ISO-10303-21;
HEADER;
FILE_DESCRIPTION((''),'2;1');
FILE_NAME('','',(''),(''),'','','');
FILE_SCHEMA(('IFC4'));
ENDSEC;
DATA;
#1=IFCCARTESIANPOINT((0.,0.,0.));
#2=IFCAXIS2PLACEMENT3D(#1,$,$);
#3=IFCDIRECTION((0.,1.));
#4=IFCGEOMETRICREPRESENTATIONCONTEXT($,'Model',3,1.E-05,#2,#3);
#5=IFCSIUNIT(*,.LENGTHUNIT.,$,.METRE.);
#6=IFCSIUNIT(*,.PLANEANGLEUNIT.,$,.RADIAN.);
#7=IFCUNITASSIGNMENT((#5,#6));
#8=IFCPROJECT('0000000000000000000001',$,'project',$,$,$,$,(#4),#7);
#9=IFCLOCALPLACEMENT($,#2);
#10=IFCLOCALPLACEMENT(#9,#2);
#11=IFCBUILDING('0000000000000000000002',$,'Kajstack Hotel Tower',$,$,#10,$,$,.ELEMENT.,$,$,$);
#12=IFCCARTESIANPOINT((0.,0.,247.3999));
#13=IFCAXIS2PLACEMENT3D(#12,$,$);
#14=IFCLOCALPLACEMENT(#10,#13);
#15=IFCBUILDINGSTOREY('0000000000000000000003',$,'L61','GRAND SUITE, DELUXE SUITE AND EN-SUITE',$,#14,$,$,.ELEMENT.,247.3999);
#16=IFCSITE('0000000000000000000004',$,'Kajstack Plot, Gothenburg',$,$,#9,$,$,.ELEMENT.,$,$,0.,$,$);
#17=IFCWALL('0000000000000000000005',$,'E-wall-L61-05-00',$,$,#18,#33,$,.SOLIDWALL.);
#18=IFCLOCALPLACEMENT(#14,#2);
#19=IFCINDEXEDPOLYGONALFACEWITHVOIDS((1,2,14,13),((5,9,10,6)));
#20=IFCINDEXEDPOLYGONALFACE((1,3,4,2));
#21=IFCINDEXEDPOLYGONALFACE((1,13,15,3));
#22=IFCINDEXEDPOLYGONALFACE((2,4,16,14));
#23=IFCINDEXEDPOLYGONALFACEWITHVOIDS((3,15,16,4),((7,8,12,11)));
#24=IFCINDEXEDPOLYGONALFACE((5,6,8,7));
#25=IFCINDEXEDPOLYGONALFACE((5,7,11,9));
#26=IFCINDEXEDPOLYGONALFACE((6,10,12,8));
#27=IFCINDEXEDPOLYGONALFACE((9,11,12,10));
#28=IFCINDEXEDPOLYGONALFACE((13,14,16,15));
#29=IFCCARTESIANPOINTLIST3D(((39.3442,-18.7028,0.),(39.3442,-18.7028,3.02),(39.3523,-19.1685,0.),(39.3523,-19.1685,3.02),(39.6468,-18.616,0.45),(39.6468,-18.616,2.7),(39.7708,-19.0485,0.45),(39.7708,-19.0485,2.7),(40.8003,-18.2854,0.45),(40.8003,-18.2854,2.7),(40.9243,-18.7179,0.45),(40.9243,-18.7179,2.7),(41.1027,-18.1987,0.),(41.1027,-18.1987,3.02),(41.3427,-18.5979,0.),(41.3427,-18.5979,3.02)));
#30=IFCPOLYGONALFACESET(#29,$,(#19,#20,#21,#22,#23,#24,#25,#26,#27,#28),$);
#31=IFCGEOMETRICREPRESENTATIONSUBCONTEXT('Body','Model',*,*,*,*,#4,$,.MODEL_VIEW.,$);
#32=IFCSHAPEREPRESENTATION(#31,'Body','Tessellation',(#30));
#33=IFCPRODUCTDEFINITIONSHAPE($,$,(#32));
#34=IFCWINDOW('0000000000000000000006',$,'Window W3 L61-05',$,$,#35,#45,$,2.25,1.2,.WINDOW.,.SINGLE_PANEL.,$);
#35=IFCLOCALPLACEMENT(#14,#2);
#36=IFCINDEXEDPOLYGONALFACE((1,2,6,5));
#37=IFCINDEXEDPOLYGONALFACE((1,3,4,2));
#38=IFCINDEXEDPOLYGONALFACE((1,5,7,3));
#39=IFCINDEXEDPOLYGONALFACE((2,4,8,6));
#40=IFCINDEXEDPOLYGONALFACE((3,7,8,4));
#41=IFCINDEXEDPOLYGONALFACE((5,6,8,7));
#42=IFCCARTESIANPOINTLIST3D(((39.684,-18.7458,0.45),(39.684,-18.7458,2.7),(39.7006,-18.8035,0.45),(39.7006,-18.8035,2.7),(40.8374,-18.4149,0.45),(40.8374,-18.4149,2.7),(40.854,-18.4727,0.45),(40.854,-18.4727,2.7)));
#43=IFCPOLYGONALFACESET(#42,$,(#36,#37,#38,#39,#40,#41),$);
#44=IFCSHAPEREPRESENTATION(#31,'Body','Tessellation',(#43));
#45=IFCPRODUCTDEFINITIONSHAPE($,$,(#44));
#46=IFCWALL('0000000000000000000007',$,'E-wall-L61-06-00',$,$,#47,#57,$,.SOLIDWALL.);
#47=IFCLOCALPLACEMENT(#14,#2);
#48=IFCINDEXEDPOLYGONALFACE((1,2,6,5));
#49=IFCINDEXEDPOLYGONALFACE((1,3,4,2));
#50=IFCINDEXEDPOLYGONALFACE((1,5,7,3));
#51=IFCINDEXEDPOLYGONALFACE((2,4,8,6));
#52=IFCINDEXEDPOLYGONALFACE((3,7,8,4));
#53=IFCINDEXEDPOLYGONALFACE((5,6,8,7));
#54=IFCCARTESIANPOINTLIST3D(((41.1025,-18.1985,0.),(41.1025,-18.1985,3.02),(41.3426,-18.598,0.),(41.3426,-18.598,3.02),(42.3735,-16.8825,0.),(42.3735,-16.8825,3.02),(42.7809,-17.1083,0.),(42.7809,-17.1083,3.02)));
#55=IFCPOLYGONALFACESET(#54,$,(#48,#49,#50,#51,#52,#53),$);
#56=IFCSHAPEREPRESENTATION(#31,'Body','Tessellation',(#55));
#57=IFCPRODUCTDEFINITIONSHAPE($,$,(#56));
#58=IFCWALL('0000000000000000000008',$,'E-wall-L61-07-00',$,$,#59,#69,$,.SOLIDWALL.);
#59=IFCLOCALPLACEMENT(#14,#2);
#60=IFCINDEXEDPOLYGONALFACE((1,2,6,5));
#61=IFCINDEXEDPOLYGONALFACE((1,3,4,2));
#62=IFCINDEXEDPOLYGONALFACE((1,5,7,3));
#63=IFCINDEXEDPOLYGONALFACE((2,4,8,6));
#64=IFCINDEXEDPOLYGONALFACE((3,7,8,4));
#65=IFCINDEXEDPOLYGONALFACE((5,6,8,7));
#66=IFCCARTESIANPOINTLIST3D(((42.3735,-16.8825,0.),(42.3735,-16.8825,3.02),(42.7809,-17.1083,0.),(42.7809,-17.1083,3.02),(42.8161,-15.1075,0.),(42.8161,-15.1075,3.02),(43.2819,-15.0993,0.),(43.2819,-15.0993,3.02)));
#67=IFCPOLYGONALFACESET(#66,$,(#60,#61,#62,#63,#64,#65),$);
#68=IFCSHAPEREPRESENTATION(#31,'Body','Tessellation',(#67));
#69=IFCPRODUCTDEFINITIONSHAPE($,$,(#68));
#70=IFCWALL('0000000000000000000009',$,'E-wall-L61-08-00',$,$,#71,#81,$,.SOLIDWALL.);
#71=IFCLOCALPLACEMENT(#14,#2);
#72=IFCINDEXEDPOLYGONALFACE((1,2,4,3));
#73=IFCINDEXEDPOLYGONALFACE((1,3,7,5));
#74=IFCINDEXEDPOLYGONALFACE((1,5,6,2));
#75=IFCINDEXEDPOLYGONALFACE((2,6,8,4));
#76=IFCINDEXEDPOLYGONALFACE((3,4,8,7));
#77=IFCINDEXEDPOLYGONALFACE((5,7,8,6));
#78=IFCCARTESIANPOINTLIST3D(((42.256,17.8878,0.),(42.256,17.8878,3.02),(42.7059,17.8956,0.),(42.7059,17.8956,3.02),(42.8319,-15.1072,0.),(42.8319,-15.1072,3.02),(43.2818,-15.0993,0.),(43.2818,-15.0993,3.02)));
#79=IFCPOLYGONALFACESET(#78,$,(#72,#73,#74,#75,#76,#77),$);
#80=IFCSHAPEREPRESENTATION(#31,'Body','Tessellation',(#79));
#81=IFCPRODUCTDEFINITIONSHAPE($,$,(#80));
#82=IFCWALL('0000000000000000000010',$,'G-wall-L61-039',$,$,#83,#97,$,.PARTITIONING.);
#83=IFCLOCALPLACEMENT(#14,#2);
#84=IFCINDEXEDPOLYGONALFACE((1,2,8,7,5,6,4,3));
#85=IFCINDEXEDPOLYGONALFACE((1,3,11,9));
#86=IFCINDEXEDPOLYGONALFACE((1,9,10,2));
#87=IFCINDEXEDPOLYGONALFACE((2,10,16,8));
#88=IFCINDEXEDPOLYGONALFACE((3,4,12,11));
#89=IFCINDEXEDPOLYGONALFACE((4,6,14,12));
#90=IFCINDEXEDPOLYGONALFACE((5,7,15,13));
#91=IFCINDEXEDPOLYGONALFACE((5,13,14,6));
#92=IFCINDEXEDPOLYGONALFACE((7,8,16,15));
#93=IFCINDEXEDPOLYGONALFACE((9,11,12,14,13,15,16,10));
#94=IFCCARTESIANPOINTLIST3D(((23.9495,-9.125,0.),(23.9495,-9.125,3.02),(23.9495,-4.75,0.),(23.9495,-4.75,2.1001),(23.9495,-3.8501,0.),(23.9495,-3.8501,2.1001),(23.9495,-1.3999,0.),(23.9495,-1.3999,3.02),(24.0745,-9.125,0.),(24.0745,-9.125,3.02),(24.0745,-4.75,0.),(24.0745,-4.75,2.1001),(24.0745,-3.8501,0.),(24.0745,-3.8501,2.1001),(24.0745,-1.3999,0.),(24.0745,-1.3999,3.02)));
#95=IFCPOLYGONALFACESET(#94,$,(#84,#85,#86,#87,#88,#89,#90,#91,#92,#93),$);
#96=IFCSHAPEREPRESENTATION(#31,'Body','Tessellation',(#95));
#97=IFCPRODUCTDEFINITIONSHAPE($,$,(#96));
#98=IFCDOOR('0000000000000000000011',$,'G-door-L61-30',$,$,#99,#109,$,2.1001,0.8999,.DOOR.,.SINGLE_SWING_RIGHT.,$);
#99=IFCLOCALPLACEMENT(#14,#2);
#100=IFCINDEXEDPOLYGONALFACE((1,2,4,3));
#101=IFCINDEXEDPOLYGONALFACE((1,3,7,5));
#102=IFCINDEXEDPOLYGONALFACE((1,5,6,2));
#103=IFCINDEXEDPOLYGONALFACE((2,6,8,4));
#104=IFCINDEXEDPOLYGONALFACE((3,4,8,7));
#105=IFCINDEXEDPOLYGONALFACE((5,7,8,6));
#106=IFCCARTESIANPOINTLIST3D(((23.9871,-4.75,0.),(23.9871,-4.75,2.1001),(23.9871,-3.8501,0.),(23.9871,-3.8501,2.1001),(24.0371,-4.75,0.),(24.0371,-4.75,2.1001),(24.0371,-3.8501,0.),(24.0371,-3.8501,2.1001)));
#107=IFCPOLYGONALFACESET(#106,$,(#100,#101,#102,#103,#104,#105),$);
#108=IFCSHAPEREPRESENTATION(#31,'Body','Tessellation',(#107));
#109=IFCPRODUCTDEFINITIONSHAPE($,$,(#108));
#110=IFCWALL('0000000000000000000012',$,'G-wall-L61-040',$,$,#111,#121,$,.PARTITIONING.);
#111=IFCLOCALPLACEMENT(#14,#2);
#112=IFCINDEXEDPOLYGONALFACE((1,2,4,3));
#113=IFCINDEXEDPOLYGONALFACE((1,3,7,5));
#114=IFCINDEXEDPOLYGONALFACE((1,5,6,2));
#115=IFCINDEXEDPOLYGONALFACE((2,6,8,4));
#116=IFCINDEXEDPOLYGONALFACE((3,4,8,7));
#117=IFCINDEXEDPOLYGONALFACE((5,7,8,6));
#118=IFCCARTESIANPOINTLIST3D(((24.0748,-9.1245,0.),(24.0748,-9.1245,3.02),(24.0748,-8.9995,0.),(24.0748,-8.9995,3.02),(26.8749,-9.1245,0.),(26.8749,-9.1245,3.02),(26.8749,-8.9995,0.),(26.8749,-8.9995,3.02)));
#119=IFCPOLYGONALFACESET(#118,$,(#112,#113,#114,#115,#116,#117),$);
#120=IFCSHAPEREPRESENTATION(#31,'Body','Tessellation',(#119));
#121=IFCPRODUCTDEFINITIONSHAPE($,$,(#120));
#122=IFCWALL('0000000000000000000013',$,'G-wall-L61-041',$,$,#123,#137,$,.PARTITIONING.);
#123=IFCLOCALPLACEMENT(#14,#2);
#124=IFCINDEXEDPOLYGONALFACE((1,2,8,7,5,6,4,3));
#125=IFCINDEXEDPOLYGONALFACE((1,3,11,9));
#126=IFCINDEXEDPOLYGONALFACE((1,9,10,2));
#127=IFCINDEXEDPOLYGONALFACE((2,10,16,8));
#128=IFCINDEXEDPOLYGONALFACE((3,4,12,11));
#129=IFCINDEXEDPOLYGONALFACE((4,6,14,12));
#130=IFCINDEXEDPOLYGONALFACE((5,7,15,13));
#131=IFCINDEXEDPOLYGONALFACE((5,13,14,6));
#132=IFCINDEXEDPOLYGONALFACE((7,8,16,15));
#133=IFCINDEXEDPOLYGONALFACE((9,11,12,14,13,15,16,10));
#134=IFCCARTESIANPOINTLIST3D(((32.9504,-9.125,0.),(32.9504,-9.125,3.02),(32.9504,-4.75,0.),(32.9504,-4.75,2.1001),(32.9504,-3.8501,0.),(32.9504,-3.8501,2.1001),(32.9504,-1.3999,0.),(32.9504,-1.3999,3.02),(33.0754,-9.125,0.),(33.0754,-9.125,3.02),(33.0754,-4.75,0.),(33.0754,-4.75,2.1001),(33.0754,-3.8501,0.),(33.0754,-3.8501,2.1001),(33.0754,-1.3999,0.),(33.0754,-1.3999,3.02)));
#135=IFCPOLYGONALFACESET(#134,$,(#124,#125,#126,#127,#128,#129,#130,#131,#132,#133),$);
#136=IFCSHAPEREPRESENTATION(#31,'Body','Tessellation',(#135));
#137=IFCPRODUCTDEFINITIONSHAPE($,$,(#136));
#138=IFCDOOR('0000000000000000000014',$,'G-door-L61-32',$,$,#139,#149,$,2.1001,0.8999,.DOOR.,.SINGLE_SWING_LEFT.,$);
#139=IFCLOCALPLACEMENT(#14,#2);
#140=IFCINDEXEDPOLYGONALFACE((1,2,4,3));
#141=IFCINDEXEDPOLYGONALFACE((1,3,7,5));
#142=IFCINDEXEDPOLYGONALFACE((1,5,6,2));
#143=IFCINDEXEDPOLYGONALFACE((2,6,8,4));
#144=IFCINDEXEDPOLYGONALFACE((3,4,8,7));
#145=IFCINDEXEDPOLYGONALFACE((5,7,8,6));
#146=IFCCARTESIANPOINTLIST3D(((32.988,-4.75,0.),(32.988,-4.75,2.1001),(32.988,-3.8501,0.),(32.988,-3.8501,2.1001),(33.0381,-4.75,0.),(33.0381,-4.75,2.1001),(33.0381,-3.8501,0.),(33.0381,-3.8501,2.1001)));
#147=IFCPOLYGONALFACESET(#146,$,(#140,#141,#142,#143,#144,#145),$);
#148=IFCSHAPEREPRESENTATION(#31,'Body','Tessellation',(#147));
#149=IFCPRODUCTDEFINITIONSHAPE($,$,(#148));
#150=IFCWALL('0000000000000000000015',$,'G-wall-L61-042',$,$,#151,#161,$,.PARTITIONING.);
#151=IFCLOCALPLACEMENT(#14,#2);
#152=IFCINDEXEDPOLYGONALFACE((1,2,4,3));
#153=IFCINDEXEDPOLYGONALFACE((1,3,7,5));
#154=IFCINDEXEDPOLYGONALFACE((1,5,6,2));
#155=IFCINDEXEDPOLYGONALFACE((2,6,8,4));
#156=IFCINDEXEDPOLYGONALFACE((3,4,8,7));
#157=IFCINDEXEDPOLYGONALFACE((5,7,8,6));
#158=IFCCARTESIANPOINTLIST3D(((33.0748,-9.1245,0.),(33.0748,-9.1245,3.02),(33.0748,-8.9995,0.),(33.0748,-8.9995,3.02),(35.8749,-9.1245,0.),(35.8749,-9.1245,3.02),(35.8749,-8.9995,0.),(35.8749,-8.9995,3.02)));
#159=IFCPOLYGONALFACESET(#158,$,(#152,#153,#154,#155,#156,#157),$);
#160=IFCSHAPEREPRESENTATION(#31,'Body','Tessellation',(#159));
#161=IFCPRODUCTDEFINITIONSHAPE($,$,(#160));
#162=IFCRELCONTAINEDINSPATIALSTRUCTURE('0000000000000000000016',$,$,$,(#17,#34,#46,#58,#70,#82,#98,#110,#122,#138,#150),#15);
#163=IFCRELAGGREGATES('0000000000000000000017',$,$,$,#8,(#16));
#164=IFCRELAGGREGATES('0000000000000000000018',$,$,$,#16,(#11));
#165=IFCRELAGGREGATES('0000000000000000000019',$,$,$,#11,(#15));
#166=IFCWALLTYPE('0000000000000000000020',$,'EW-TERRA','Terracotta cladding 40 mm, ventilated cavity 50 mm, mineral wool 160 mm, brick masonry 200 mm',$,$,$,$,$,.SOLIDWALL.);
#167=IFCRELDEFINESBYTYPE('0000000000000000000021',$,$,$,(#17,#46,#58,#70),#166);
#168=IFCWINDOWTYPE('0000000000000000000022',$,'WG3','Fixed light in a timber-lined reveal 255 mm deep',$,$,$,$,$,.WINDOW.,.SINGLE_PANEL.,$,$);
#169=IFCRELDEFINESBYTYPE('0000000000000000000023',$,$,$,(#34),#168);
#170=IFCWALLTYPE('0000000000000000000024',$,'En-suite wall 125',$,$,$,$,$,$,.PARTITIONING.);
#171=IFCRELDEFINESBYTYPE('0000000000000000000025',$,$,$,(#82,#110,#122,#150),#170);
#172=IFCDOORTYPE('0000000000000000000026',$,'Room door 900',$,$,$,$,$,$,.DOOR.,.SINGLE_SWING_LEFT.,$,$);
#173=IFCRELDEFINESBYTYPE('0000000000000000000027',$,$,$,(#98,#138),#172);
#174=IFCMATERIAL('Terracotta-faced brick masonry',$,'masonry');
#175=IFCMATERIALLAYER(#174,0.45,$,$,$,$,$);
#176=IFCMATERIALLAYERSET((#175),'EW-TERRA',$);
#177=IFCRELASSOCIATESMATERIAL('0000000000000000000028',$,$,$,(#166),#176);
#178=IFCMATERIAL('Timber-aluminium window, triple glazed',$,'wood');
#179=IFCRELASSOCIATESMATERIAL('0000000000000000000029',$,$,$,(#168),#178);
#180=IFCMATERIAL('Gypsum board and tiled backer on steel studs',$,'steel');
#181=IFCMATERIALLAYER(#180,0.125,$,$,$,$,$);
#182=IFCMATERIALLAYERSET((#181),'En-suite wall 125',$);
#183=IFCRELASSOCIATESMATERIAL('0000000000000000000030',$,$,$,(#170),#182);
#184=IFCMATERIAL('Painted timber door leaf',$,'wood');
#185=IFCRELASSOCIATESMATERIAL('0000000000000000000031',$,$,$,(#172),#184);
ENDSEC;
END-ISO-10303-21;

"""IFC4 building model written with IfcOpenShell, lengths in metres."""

from ifc_helpers import new_model, si_unit, direction, frame, frame_2d, origin, place, context, subcontext, project, spatial, polyline, rectangle, outline, extrude, material, layer, layer_set, type_object, element, fill, save


model = new_model("IFC4")

# Units and contexts
model_context = context("Model", 3, precision=1e-05, world=origin(), true_north=direction((0.0, 1.0)))
body_context = subcontext(model_context, "Body", "Model", "MODEL_VIEW")
ifc_project = project(units=[si_unit("LENGTHUNIT", "METRE"), si_unit("PLANEANGLEUNIT", "RADIAN")], contexts=[model_context])

# Site, building, storey
site_placement = place(None, origin())
site = spatial("IfcSite", under=ifc_project, at=site_placement, Name="Kajstack Plot, Gothenburg", CompositionType="ELEMENT", RefElevation=0.0)
building_placement = place(site_placement, origin())
building = spatial("IfcBuilding", under=site, at=building_placement, Name="Kajstack Hotel Tower", CompositionType="ELEMENT")
storey_placement = place(building_placement, frame((0.0, 0.0, 247.3999)))
storey = spatial("IfcBuildingStorey", under=building, at=storey_placement, Name="L61", Description="GRAND SUITE, DELUXE SUITE AND EN-SUITE", CompositionType="ELEMENT", Elevation=247.3999)

# Wall, opening, window
ifc_material_1 = material(Name="Terracotta-faced brick masonry", Category="masonry")
ifc_layer_1 = layer(ifc_material_1, 0.45)
ifc_layer_set_1 = layer_set([ifc_layer_1], Name="EW-TERRA")
wall_type_1 = type_object("IfcWallType", Name="EW-TERRA", Description="Terracotta cladding 40 mm, ventilated cavity 50 mm, mineral wool 160 mm, brick masonry 200 mm", PredefinedType="SOLIDWALL", material=ifc_layer_set_1)
wall_1_placement = place(storey_placement, frame((39.2903, -18.9524, 0.0), z_axis=(0.0, 0.0, 1.0), x_axis=(0.961248, 0.275687, 0.0)))
wall_1 = element("IfcWall", 1, at=wall_1_placement, inside=storey, type_object=wall_type_1, Name="E-wall-L61-05-00", PredefinedType="SOLIDWALL", context=body_context, shape_type="SweptSolid", body=[
    extrude(outline(polyline([(0.0, -0.2249), (2.0706, -0.2251), (1.95, 0.2249), (0.1206, 0.2251), (0.0, -0.2249)])), origin(), (0.0, 0.0, 1.0), 3.02),
])
opening_1_placement = place(wall_1_placement, frame((0.4353, 0.0, 0.45)))
opening_1 = element("IfcOpeningElement", 2, at=opening_1_placement, cuts=wall_1, PredefinedType="OPENING", context=body_context, shape_type="SweptSolid", body=[
    extrude(rectangle(XDim=1.2, YDim=2.25, at=frame_2d((0.6001, 1.125))), frame((0.0, 0.2349, 0.0), z_axis=(0.0, -1.0, 0.0), x_axis=(1.0, 0.0, 0.0)), (0.0, 0.0, 1.0), 0.47),
])
ifc_material_2 = material(Name="Timber-aluminium window, triple glazed", Category="wood")
window_type = type_object("IfcWindowType", Name="WG3", Description="Fixed light in a timber-lined reveal 255 mm deep", PartitioningType="SINGLE_PANEL", PredefinedType="WINDOW", material=ifc_material_2)
window_placement = place(opening_1_placement, origin())
window = element("IfcWindow", 3, at=window_placement, inside=storey, type_object=window_type, Name="Window W3 L61-05", OverallHeight=2.25, OverallWidth=1.2, PartitioningType="SINGLE_PANEL", PredefinedType="WINDOW", context=body_context, shape_type="SweptSolid", body=[
    extrude(rectangle(XDim=1.2, YDim=2.25, at=frame_2d((0.6001, 1.125))), frame((0.0, 0.0901, 0.0), z_axis=(0.0, -1.0, 0.0), x_axis=(1.0, 0.0, 0.0)), (0.0, 0.0, 1.0), 0.0601),
])
fill(opening_1, window)

# Walls
wall_2_placement = place(storey_placement, frame((41.1807, -18.4417, 0.0), z_axis=(0.0, 0.0, 1.0), x_axis=(0.694679, 0.71932, 0.0)))
element("IfcWall", 4, at=wall_2_placement, inside=storey, type_object=wall_type_1, Name="E-wall-L61-06-00", PredefinedType="SOLIDWALL", context=body_context, shape_type="SweptSolid", body=[
    extrude(outline(polyline([(0.0, -0.2251), (2.0708, -0.2249), (1.9502, 0.2251), (0.1206, 0.2251), (0.0, -0.2251)])), origin(), (0.0, 0.0, 1.0), 3.02),
])
wall_3_placement = place(storey_placement, frame((42.5627, -17.054, 0.0), z_axis=(0.0, 0.0, 1.0), x_axis=(0.241842, 0.970316, 0.0)))
element("IfcWall", 5, at=wall_3_placement, inside=storey, type_object=wall_type_1, Name="E-wall-L61-07-00", PredefinedType="SOLIDWALL", context=body_context, shape_type="SweptSolid", body=[
    extrude(outline(polyline([(0.0, -0.2249), (2.0706, -0.2251), (1.95, 0.2249), (0.1206, 0.2251), (0.0, -0.2249)])), origin(), (0.0, 0.0, 1.0), 3.02),
])
wall_4_placement = place(storey_placement, frame((43.0569, -15.1033, 0.0), z_axis=(0.0, 0.0, 1.0), x_axis=(-0.017452, 0.999848, 0.0)))
element("IfcWall", 6, at=wall_4_placement, inside=storey, type_object=wall_type_1, Name="E-wall-L61-08-00", PredefinedType="SOLIDWALL", context=body_context, shape_type="SweptSolid", body=[
    extrude(rectangle(XDim=33.0, YDim=0.45, at=frame_2d((16.5, 0.0))), origin(), (0.0, 0.0, 1.0), 3.02),
])

# Wall, opening, door
ifc_material_3 = material(Name="Gypsum board and tiled backer on steel studs", Category="steel")
ifc_layer_2 = layer(ifc_material_3, 0.125)
ifc_layer_set_2 = layer_set([ifc_layer_2], Name="En-suite wall 125")
wall_type_2 = type_object("IfcWallType", Name="En-suite wall 125", PredefinedType="PARTITIONING", material=ifc_layer_set_2)
wall_5_placement = place(storey_placement, frame((24.012, -9.125, 0.0), z_axis=(0.0, 0.0, 1.0), x_axis=(0.0, 1.0, 0.0)))
wall_5 = element("IfcWall", 7, at=wall_5_placement, inside=storey, type_object=wall_type_2, Name="G-wall-L61-039", PredefinedType="PARTITIONING", context=body_context, shape_type="SweptSolid", body=[
    extrude(rectangle(XDim=7.7251, YDim=0.125, at=frame_2d((3.8625, 0.0))), origin(), (0.0, 0.0, 1.0), 3.02),
])
opening_2_placement = place(wall_5_placement, frame((4.375, 0.0, 0.0)))
opening_2 = element("IfcOpeningElement", 8, at=opening_2_placement, cuts=wall_5, PredefinedType="OPENING", context=body_context, shape_type="SweptSolid", body=[
    extrude(rectangle(XDim=0.8999, YDim=2.1001, at=frame_2d((0.45, 1.05))), frame((0.0, 0.0725, 0.0), z_axis=(0.0, -1.0, 0.0), x_axis=(1.0, 0.0, 0.0)), (0.0, 0.0, 1.0), 0.145),
])
ifc_material_4 = material(Name="Painted timber door leaf", Category="wood")
door_type_1 = type_object("IfcDoorType", Name="Room door 900", OperationType="SINGLE_SWING_LEFT", PredefinedType="DOOR", material=ifc_material_4)
door_1_placement = place(opening_2_placement, origin())
door_1 = element("IfcDoor", 9, at=door_1_placement, inside=storey, type_object=door_type_1, Name="G-door-L61-30", OperationType="SINGLE_SWING_RIGHT", OverallHeight=2.1001, OverallWidth=0.8999, PredefinedType="DOOR", context=body_context, shape_type="SweptSolid", body=[
    extrude(rectangle(XDim=0.8999, YDim=2.1001, at=frame_2d((0.45, 1.05))), frame((0.0, 0.0249, 0.0), z_axis=(0.0, -1.0, 0.0), x_axis=(1.0, 0.0, 0.0)), (0.0, 0.0, 1.0), 0.05),
])
fill(opening_2, door_1)

# Wall
wall_6_placement = place(storey_placement, frame((24.075, -9.062, 0.0), z_axis=(0.0, 0.0, 1.0), x_axis=(1.0, 0.0, 0.0)))
element("IfcWall", 10, at=wall_6_placement, inside=storey, type_object=wall_type_2, Name="G-wall-L61-040", PredefinedType="PARTITIONING", context=body_context, shape_type="SweptSolid", body=[
    extrude(rectangle(XDim=2.8, YDim=0.125, at=frame_2d((1.3999, 0.0))), origin(), (0.0, 0.0, 1.0), 3.02),
])

# Wall, opening, door
wall_7_placement = place(storey_placement, frame((33.0129, -9.125, 0.0), z_axis=(0.0, 0.0, 1.0), x_axis=(0.0, 1.0, 0.0)))
wall_7 = element("IfcWall", 11, at=wall_7_placement, inside=storey, type_object=wall_type_2, Name="G-wall-L61-041", PredefinedType="PARTITIONING", context=body_context, shape_type="SweptSolid", body=[
    extrude(rectangle(XDim=7.7251, YDim=0.125, at=frame_2d((3.8625, 0.0))), origin(), (0.0, 0.0, 1.0), 3.02),
])
opening_3_placement = place(wall_7_placement, frame((4.375, 0.0, 0.0)))
opening_3 = element("IfcOpeningElement", 12, at=opening_3_placement, cuts=wall_7, PredefinedType="OPENING", context=body_context, shape_type="SweptSolid", body=[
    extrude(rectangle(XDim=0.8999, YDim=2.1001, at=frame_2d((0.45, 1.05))), frame((0.0, 0.0725, 0.0), z_axis=(0.0, -1.0, 0.0), x_axis=(1.0, 0.0, 0.0)), (0.0, 0.0, 1.0), 0.145),
])
door_2_placement = place(opening_3_placement, origin())
door_2 = element("IfcDoor", 13, at=door_2_placement, inside=storey, type_object=door_type_1, Name="G-door-L61-32", OperationType="SINGLE_SWING_LEFT", OverallHeight=2.1001, OverallWidth=0.8999, PredefinedType="DOOR", context=body_context, shape_type="SweptSolid", body=[
    extrude(rectangle(XDim=0.8999, YDim=2.1001, at=frame_2d((0.45, 1.05))), frame((0.0, 0.0249, 0.0), z_axis=(0.0, -1.0, 0.0), x_axis=(1.0, 0.0, 0.0)), (0.0, 0.0, 1.0), 0.05),
])
fill(opening_3, door_2)

# Wall
wall_8_placement = place(storey_placement, frame((33.075, -9.062, 0.0), z_axis=(0.0, 0.0, 1.0), x_axis=(1.0, 0.0, 0.0)))
element("IfcWall", 14, at=wall_8_placement, inside=storey, type_object=wall_type_2, Name="G-wall-L61-042", PredefinedType="PARTITIONING", context=body_context, shape_type="SweptSolid", body=[
    extrude(rectangle(XDim=2.8, YDim=0.125, at=frame_2d((1.3999, 0.0))), origin(), (0.0, 0.0, 1.0), 3.02),
])

save(model, "model.ifc")
